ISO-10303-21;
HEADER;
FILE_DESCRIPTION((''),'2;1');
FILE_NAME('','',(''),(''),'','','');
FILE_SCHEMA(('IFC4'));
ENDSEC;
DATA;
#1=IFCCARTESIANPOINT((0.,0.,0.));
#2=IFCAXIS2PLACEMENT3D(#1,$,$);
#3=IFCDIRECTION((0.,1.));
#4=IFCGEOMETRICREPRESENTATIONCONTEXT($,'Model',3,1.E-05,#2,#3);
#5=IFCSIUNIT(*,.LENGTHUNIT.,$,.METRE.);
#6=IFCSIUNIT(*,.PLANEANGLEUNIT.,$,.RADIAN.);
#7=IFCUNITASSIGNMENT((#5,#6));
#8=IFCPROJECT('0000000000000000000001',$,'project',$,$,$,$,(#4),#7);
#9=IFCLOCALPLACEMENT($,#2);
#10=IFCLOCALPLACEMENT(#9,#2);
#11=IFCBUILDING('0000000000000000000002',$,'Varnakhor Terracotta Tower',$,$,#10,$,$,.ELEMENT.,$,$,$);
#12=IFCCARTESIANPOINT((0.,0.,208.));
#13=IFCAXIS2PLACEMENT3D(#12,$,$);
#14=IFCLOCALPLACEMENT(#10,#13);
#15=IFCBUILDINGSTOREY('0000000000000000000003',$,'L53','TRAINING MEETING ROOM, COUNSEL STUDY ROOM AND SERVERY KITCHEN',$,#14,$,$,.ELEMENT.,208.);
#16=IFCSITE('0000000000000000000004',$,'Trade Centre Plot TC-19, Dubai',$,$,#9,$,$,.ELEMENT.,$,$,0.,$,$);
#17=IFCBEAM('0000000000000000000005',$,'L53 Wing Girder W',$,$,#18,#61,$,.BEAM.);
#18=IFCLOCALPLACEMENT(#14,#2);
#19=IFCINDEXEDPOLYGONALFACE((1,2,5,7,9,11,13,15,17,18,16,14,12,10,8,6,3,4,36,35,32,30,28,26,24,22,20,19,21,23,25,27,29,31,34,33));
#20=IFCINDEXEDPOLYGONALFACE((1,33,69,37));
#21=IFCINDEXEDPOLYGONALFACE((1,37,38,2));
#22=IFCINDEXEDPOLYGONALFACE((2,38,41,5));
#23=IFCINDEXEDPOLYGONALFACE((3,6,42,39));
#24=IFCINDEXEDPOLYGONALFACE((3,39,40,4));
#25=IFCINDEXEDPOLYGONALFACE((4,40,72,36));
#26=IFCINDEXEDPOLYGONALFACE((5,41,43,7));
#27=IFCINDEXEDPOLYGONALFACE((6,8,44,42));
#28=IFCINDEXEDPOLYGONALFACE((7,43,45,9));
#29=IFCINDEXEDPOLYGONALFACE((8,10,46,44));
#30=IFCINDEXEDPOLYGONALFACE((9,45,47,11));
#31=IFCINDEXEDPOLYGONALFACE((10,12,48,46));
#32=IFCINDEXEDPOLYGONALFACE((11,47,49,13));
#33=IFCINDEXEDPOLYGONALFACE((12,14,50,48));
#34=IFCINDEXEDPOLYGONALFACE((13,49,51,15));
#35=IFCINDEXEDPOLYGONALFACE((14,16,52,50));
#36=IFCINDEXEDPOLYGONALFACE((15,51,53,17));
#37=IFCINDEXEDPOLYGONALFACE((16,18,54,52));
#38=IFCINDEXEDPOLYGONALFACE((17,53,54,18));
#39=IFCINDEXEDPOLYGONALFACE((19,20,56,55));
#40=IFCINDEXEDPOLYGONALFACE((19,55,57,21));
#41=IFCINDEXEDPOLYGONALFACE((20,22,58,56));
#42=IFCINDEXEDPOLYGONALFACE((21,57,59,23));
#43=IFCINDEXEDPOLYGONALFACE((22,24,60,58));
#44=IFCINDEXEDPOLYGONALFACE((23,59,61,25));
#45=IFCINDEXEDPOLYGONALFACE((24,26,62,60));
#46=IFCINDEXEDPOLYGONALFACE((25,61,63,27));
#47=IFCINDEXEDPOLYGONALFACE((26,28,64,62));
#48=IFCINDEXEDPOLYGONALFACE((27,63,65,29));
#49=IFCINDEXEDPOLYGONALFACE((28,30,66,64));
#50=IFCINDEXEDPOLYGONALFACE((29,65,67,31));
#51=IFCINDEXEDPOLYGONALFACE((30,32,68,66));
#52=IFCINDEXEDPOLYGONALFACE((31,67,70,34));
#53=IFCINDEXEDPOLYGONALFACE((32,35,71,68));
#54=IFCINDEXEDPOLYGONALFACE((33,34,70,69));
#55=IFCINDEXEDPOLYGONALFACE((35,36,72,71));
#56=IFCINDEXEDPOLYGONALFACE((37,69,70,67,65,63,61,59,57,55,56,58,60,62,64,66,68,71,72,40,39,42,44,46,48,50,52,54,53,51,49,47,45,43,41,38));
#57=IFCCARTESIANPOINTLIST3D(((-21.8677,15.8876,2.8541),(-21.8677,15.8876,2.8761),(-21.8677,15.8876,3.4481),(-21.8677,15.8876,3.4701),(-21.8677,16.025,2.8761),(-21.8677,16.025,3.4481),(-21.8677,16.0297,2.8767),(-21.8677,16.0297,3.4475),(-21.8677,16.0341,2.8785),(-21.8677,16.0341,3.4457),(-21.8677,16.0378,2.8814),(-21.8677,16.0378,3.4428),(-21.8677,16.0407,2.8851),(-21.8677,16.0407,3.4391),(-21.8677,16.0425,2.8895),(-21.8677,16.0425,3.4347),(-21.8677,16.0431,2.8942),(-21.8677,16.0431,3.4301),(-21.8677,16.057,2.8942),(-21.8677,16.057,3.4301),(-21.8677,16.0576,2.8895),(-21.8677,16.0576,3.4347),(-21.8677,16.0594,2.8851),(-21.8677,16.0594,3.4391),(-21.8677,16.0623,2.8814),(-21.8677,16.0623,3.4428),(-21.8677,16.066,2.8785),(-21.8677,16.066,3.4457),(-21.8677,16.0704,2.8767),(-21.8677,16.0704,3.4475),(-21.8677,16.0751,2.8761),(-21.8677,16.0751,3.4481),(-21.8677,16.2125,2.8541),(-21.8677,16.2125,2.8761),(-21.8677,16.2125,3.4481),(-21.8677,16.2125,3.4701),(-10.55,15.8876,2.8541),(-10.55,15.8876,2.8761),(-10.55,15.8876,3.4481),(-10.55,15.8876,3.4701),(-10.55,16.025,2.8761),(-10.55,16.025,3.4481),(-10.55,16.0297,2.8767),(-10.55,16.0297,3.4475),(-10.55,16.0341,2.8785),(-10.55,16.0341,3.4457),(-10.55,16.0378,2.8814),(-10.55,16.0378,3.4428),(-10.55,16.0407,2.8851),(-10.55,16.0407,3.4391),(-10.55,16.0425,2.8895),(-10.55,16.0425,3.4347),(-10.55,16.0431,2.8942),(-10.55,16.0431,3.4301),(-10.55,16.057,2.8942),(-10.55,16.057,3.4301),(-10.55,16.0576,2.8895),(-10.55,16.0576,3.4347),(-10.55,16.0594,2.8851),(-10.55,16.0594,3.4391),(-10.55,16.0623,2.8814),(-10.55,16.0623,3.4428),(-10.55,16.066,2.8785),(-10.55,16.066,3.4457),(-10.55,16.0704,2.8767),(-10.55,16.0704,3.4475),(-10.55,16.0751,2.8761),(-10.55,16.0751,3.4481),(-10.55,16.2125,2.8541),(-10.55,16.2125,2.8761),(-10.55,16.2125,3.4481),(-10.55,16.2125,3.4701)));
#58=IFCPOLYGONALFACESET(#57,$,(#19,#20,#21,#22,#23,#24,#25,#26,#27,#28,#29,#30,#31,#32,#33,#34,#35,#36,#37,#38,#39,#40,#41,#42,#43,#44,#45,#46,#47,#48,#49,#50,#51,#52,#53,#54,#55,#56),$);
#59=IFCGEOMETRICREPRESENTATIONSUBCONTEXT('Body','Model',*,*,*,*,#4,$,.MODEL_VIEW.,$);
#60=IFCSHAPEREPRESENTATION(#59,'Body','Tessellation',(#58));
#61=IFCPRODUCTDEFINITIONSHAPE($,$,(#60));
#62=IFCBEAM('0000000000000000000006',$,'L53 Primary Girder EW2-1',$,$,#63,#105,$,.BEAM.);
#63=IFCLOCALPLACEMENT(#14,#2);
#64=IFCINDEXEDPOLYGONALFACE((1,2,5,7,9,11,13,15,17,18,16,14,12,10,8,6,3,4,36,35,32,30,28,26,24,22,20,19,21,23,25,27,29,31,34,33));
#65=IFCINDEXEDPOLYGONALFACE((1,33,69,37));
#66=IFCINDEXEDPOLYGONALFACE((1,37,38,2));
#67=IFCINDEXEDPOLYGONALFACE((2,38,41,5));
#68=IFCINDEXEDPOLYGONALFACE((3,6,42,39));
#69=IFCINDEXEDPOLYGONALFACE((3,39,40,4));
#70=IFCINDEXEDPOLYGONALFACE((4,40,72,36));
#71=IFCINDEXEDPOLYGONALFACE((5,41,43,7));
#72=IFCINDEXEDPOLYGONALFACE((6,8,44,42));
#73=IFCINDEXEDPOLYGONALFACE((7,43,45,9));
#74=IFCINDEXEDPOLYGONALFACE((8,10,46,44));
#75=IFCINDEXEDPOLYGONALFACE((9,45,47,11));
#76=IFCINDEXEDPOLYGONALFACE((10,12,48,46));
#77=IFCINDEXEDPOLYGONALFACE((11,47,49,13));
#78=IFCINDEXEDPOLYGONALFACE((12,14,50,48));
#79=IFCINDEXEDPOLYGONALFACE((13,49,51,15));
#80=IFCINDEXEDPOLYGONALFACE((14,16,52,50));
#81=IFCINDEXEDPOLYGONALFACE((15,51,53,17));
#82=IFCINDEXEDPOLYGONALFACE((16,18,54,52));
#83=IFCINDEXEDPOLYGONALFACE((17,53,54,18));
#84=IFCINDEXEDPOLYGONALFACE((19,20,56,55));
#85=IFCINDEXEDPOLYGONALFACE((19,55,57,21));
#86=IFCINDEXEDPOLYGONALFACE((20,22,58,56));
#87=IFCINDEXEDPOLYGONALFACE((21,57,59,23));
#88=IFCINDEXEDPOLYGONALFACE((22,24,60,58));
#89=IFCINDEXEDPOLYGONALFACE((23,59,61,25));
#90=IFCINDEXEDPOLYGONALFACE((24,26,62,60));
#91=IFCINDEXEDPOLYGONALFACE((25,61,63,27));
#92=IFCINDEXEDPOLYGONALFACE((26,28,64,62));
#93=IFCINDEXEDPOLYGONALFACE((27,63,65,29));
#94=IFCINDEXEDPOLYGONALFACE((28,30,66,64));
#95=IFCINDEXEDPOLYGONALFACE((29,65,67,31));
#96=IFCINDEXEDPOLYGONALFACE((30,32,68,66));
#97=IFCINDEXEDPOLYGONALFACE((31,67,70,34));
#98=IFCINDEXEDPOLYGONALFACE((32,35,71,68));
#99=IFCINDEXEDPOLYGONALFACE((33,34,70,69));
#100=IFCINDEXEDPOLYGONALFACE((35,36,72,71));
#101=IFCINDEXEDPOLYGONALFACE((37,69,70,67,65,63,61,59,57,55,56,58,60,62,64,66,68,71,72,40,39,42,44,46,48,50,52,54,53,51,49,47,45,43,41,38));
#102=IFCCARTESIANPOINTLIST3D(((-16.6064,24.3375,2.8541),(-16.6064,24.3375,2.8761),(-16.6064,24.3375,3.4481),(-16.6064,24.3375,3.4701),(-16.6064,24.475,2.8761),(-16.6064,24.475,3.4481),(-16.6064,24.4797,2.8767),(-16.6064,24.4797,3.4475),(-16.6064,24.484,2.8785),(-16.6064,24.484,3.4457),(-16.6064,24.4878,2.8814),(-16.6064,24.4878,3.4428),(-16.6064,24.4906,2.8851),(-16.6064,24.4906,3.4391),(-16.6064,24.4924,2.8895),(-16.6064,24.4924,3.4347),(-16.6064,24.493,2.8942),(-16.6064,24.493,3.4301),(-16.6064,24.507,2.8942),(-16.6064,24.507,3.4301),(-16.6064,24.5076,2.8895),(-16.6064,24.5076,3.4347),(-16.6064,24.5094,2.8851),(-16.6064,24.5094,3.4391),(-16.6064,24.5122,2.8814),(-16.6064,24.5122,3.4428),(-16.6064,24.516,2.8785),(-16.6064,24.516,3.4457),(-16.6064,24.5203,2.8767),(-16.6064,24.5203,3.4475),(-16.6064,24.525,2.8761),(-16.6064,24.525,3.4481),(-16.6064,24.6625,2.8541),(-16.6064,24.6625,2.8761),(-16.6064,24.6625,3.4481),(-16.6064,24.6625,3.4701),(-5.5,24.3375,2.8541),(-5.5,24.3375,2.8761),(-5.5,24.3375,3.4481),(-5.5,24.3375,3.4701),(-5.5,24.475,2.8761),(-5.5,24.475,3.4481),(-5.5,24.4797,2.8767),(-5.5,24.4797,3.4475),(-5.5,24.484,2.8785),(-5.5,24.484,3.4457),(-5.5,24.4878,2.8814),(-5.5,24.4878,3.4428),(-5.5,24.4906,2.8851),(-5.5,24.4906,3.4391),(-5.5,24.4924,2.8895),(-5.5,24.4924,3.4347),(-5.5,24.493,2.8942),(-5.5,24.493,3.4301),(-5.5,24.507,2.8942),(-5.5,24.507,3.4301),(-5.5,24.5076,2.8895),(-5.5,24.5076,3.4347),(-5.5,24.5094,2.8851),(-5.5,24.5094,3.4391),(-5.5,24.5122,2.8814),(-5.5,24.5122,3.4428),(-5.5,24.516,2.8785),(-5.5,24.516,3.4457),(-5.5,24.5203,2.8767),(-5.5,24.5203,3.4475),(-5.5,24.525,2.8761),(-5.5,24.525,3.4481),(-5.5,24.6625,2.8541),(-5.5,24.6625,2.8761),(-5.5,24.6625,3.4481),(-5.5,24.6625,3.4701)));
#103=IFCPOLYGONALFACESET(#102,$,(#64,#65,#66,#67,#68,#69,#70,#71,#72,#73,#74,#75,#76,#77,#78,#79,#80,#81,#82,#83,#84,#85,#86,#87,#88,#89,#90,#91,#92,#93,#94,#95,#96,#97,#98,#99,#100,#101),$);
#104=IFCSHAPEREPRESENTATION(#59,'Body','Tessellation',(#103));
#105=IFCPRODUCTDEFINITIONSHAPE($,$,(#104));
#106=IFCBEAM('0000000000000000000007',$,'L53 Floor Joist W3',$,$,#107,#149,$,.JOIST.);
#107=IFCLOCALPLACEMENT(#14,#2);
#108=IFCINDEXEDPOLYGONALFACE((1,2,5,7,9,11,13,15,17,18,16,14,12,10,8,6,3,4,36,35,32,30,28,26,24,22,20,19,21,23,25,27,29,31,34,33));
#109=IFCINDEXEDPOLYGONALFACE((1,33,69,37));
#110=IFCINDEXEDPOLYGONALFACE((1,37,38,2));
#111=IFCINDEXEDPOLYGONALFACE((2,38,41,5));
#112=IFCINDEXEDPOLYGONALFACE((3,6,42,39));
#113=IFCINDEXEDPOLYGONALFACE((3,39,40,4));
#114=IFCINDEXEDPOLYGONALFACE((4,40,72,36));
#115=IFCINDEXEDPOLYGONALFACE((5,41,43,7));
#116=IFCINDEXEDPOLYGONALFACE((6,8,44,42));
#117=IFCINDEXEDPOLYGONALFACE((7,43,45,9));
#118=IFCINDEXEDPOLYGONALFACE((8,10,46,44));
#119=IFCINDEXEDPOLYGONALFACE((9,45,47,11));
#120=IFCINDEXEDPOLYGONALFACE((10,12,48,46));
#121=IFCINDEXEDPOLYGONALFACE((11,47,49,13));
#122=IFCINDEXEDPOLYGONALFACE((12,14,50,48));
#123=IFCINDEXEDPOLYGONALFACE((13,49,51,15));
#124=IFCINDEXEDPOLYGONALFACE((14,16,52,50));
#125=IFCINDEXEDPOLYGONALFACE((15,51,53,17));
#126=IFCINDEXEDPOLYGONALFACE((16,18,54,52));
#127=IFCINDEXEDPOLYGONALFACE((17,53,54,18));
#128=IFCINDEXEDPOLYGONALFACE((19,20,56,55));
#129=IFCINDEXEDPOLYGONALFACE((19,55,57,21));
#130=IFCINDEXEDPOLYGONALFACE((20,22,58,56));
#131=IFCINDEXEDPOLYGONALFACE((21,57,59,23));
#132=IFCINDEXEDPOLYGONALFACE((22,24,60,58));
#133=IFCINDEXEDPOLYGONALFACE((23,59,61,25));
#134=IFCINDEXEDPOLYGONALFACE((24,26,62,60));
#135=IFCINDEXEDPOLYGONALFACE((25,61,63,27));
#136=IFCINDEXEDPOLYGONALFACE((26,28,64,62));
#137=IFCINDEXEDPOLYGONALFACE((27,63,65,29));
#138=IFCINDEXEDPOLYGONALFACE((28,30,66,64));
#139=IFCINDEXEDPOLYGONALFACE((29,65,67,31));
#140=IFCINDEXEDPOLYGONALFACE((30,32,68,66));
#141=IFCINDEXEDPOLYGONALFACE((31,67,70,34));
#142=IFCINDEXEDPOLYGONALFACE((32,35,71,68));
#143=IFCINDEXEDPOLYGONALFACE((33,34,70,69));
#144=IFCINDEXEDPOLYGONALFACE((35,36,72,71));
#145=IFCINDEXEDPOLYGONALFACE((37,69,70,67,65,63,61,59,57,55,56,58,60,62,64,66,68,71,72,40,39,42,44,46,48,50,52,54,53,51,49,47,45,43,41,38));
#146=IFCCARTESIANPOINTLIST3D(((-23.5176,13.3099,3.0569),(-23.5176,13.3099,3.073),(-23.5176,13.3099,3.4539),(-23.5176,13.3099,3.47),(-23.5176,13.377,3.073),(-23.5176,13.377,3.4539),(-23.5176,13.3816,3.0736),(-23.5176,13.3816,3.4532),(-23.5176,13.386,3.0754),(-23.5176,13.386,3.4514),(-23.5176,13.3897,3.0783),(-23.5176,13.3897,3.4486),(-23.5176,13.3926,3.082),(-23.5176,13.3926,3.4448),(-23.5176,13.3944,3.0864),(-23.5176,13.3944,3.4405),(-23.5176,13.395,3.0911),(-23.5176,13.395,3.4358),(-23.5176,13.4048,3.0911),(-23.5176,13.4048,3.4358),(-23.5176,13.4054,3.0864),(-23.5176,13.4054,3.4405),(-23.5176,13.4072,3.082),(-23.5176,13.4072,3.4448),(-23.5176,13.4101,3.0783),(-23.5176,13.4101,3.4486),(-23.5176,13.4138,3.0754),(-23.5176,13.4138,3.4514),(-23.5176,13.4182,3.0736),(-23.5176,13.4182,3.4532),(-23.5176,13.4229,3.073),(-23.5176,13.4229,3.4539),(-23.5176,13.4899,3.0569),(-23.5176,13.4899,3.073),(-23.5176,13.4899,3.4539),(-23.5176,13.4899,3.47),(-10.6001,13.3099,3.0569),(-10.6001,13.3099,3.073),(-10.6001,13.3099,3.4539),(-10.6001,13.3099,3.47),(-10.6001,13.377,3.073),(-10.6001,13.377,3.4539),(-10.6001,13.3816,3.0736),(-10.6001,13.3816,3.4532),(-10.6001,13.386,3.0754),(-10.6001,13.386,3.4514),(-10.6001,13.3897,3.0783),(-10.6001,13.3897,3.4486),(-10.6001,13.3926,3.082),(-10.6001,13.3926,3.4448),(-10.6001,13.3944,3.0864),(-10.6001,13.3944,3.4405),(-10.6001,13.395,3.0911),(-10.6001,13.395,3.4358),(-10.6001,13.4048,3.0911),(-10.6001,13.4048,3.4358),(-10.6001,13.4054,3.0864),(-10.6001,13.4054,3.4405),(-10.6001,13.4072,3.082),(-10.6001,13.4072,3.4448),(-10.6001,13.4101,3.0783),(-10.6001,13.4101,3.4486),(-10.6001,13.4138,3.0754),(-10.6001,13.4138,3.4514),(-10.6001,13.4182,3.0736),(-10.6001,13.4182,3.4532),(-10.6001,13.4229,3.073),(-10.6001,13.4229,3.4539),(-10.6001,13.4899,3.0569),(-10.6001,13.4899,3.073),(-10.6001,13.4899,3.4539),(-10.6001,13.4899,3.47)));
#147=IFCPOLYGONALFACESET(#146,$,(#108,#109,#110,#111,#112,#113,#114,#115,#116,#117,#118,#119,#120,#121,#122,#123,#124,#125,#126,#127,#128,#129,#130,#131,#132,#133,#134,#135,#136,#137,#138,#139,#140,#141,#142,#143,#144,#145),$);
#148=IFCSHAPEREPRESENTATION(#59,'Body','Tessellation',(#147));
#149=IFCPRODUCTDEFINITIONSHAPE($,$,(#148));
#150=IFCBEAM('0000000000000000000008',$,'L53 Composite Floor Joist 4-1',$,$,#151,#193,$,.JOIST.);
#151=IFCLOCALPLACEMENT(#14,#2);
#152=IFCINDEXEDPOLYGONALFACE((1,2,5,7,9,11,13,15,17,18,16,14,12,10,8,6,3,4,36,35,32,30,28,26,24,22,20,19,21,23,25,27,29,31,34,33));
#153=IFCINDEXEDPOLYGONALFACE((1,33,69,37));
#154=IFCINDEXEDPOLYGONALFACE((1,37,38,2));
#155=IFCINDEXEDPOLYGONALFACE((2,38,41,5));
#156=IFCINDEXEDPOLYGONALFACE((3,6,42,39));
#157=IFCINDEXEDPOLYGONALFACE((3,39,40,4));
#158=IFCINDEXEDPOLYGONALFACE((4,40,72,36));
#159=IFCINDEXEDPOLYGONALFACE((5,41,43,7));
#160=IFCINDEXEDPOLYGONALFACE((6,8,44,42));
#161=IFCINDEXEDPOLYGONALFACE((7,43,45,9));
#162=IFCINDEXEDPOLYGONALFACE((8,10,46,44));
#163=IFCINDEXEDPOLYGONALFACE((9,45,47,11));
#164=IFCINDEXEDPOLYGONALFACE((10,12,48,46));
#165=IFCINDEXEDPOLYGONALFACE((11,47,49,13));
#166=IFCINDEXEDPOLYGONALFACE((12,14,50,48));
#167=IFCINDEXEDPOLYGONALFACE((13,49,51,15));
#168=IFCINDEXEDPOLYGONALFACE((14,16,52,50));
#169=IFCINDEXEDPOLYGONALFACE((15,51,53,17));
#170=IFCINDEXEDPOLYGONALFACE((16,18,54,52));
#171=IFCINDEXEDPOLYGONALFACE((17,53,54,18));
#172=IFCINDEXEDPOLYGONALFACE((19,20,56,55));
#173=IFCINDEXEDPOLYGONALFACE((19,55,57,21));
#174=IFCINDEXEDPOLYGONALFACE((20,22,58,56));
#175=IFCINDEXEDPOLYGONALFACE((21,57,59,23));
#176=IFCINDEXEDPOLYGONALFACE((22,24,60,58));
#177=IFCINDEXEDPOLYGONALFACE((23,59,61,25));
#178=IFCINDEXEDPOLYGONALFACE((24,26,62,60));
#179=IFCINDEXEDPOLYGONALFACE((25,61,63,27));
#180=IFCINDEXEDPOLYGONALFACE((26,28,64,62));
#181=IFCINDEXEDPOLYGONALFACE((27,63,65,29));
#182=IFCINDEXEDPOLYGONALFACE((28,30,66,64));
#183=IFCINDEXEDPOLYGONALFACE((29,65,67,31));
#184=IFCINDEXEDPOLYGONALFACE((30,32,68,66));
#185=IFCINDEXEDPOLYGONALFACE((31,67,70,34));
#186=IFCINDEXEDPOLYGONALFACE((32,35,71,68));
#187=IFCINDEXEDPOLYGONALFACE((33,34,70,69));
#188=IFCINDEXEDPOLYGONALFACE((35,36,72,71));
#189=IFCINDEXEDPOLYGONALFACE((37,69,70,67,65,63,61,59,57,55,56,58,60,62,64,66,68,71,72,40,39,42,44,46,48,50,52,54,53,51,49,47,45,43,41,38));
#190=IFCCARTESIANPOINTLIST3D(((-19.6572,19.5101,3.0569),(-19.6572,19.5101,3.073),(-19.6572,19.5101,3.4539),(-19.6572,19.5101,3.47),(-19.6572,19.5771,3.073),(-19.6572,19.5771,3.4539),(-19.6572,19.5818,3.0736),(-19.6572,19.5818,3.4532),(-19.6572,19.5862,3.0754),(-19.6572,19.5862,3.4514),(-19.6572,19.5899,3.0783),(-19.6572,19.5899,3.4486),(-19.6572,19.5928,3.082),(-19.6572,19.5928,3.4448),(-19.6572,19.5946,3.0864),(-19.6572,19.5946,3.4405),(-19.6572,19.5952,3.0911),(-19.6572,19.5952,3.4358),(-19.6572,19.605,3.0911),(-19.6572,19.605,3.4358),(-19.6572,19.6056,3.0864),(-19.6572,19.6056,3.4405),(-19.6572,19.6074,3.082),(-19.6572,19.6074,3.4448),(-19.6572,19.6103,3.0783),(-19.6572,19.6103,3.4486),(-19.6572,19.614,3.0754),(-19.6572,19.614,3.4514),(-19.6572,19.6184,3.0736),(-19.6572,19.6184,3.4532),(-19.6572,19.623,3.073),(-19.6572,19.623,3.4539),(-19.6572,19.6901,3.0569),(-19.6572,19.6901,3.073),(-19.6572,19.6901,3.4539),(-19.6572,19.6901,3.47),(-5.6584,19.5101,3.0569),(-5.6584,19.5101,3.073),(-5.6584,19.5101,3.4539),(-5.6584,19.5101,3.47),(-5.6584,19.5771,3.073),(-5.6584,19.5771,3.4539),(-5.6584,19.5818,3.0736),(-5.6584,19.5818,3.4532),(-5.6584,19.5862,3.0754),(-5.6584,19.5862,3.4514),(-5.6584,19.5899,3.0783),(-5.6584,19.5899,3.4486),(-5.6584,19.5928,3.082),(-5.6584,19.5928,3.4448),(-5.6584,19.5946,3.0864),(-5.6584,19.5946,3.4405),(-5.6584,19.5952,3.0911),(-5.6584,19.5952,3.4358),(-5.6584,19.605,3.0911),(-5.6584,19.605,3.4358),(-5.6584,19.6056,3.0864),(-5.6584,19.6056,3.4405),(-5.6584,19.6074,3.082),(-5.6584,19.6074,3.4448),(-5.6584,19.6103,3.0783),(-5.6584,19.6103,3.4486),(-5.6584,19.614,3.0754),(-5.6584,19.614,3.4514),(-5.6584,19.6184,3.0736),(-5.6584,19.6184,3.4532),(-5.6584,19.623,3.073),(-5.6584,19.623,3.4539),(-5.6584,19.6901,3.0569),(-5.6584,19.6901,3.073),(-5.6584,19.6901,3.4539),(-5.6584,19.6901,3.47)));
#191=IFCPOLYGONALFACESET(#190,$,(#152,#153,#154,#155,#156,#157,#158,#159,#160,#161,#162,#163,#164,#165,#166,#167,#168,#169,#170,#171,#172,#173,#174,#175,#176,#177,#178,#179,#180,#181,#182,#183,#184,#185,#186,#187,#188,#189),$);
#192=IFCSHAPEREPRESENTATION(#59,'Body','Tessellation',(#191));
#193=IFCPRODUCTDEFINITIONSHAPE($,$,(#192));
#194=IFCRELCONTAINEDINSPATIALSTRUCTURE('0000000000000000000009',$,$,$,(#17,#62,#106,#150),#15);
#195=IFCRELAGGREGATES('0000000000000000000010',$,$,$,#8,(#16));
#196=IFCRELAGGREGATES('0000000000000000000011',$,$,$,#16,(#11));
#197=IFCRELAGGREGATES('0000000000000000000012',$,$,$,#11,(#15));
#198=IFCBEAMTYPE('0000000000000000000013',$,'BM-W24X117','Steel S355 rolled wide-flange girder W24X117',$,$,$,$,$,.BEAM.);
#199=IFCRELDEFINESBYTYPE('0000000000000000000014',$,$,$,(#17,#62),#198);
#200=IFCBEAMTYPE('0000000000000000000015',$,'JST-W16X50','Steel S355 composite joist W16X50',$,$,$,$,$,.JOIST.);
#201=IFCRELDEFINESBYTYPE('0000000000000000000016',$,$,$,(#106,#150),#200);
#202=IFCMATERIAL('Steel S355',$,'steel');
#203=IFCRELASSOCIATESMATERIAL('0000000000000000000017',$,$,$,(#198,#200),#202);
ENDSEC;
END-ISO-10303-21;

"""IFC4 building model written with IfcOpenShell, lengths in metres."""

from ifc_helpers import new_model, si_unit, direction, frame, origin, origin_2d, place, context, subcontext, project, spatial, i_section, extrude, source, transform, mapped, material, material_profile, profile_set, type_object, element, save


model = new_model("IFC4")

# Units and contexts
model_context = context("Model", 3, precision=1e-05, world=origin(), true_north=direction((0.0, 1.0)))
body_context = subcontext(model_context, "Body", "Model", "MODEL_VIEW")
ifc_project = project(units=[si_unit("LENGTHUNIT", "METRE"), si_unit("PLANEANGLEUNIT", "RADIAN")], contexts=[model_context])

# Site, building, storey
site_placement = place(None, origin())
site = spatial("IfcSite", under=ifc_project, at=site_placement, Name="Trade Centre Plot TC-19, Dubai", CompositionType="ELEMENT", RefElevation=0.0)
building_placement = place(site_placement, origin())
building = spatial("IfcBuilding", under=site, at=building_placement, Name="Varnakhor Terracotta Tower", CompositionType="ELEMENT")
storey_placement = place(building_placement, frame((0.0, 0.0, 208.0)))
storey = spatial("IfcBuildingStorey", under=building, at=storey_placement, Name="L53", Description="TRAINING MEETING ROOM, COUNSEL STUDY ROOM AND SERVERY KITCHEN", CompositionType="ELEMENT", Elevation=208.0)

# Beams
ifc_material_1 = material(Name="Steel S355", Category="steel")
ifc_material_profile_1 = material_profile(ifc_material_1, i_section(OverallWidth=0.325, OverallDepth=0.616, WebThickness=0.0139, FlangeThickness=0.022, FilletRadius=0.0181, at=origin_2d()), Name="W24X117")
ifc_profile_set_1 = profile_set([ifc_material_profile_1], Name="Steel S355")
beam_type_1 = type_object("IfcBeamType", Name="BM-W24X117", Description="Steel S355 rolled wide-flange girder W24X117", PredefinedType="BEAM", material=ifc_profile_set_1)
shared_shape_1 = source(origin(), body_context, "Body", "SweptSolid", [
    extrude(i_section(OverallWidth=0.325, OverallDepth=0.616, WebThickness=0.0139, FlangeThickness=0.022, FilletRadius=0.0181, at=origin_2d()), origin(), (0.0, 0.0, 1.0), 11.3176),
])
beam_1_placement = place(storey_placement, frame((-21.8677, 16.05, 3.1621), z_axis=(1.0, 0.0, 0.0), x_axis=(0.0, 1.0, 0.0)))
element("IfcBeam", 1, at=beam_1_placement, inside=storey, type_object=beam_type_1, Name="L53 Wing Girder W", PredefinedType="BEAM", context=body_context, shape_type="MappedRepresentation", body=[
    mapped(shared_shape_1, transform((0.0, 0.0, 0.0), scale=1.0)),
])
shared_shape_2 = source(origin(), body_context, "Body", "SweptSolid", [
    extrude(i_section(OverallWidth=0.325, OverallDepth=0.616, WebThickness=0.0139, FlangeThickness=0.022, FilletRadius=0.0181, at=origin_2d()), origin(), (0.0, 0.0, 1.0), 11.1064),
])
beam_2_placement = place(storey_placement, frame((-16.6064, 24.5, 3.1621), z_axis=(1.0, 0.0, 0.0), x_axis=(0.0, 1.0, 0.0)))
element("IfcBeam", 2, at=beam_2_placement, inside=storey, type_object=beam_type_1, Name="L53 Primary Girder EW2-1", PredefinedType="BEAM", context=body_context, shape_type="MappedRepresentation", body=[
    mapped(shared_shape_2, transform((0.0, 0.0, 0.0), scale=1.0)),
])
ifc_material_profile_2 = material_profile(ifc_material_1, i_section(OverallWidth=0.1799, OverallDepth=0.4131, WebThickness=0.0098, FlangeThickness=0.0161, FilletRadius=0.0181, at=origin_2d()), Name="W16X50")
ifc_profile_set_2 = profile_set([ifc_material_profile_2], Name="Steel S355")
beam_type_2 = type_object("IfcBeamType", Name="JST-W16X50", Description="Steel S355 composite joist W16X50", PredefinedType="JOIST", material=ifc_profile_set_2)
shared_shape_3 = source(origin(), body_context, "Body", "SweptSolid", [
    extrude(i_section(OverallWidth=0.1799, OverallDepth=0.4131, WebThickness=0.0098, FlangeThickness=0.0161, FilletRadius=0.0181, at=origin_2d()), origin(), (0.0, 0.0, 1.0), 12.9175),
])
beam_3_placement = place(storey_placement, frame((-23.5176, 13.3999, 3.2634), z_axis=(1.0, 0.0, 0.0), x_axis=(0.0, 1.0, 0.0)))
element("IfcBeam", 3, at=beam_3_placement, inside=storey, type_object=beam_type_2, Name="L53 Floor Joist W3", PredefinedType="JOIST", context=body_context, shape_type="MappedRepresentation", body=[
    mapped(shared_shape_3, transform((0.0, 0.0, 0.0), scale=1.0)),
])
shared_shape_4 = source(origin(), body_context, "Body", "SweptSolid", [
    extrude(i_section(OverallWidth=0.1799, OverallDepth=0.4131, WebThickness=0.0098, FlangeThickness=0.0161, FilletRadius=0.0181, at=origin_2d()), origin(), (0.0, 0.0, 1.0), 13.9988),
])
beam_4_placement = place(storey_placement, frame((-19.6572, 19.6001, 3.2634), z_axis=(1.0, 0.0, 0.0), x_axis=(0.0, 1.0, 0.0)))
element("IfcBeam", 4, at=beam_4_placement, inside=storey, type_object=beam_type_2, Name="L53 Composite Floor Joist 4-1", PredefinedType="JOIST", context=body_context, shape_type="MappedRepresentation", body=[
    mapped(shared_shape_4, transform((0.0, 0.0, 0.0), scale=1.0)),
])

save(model, "model.ifc")
